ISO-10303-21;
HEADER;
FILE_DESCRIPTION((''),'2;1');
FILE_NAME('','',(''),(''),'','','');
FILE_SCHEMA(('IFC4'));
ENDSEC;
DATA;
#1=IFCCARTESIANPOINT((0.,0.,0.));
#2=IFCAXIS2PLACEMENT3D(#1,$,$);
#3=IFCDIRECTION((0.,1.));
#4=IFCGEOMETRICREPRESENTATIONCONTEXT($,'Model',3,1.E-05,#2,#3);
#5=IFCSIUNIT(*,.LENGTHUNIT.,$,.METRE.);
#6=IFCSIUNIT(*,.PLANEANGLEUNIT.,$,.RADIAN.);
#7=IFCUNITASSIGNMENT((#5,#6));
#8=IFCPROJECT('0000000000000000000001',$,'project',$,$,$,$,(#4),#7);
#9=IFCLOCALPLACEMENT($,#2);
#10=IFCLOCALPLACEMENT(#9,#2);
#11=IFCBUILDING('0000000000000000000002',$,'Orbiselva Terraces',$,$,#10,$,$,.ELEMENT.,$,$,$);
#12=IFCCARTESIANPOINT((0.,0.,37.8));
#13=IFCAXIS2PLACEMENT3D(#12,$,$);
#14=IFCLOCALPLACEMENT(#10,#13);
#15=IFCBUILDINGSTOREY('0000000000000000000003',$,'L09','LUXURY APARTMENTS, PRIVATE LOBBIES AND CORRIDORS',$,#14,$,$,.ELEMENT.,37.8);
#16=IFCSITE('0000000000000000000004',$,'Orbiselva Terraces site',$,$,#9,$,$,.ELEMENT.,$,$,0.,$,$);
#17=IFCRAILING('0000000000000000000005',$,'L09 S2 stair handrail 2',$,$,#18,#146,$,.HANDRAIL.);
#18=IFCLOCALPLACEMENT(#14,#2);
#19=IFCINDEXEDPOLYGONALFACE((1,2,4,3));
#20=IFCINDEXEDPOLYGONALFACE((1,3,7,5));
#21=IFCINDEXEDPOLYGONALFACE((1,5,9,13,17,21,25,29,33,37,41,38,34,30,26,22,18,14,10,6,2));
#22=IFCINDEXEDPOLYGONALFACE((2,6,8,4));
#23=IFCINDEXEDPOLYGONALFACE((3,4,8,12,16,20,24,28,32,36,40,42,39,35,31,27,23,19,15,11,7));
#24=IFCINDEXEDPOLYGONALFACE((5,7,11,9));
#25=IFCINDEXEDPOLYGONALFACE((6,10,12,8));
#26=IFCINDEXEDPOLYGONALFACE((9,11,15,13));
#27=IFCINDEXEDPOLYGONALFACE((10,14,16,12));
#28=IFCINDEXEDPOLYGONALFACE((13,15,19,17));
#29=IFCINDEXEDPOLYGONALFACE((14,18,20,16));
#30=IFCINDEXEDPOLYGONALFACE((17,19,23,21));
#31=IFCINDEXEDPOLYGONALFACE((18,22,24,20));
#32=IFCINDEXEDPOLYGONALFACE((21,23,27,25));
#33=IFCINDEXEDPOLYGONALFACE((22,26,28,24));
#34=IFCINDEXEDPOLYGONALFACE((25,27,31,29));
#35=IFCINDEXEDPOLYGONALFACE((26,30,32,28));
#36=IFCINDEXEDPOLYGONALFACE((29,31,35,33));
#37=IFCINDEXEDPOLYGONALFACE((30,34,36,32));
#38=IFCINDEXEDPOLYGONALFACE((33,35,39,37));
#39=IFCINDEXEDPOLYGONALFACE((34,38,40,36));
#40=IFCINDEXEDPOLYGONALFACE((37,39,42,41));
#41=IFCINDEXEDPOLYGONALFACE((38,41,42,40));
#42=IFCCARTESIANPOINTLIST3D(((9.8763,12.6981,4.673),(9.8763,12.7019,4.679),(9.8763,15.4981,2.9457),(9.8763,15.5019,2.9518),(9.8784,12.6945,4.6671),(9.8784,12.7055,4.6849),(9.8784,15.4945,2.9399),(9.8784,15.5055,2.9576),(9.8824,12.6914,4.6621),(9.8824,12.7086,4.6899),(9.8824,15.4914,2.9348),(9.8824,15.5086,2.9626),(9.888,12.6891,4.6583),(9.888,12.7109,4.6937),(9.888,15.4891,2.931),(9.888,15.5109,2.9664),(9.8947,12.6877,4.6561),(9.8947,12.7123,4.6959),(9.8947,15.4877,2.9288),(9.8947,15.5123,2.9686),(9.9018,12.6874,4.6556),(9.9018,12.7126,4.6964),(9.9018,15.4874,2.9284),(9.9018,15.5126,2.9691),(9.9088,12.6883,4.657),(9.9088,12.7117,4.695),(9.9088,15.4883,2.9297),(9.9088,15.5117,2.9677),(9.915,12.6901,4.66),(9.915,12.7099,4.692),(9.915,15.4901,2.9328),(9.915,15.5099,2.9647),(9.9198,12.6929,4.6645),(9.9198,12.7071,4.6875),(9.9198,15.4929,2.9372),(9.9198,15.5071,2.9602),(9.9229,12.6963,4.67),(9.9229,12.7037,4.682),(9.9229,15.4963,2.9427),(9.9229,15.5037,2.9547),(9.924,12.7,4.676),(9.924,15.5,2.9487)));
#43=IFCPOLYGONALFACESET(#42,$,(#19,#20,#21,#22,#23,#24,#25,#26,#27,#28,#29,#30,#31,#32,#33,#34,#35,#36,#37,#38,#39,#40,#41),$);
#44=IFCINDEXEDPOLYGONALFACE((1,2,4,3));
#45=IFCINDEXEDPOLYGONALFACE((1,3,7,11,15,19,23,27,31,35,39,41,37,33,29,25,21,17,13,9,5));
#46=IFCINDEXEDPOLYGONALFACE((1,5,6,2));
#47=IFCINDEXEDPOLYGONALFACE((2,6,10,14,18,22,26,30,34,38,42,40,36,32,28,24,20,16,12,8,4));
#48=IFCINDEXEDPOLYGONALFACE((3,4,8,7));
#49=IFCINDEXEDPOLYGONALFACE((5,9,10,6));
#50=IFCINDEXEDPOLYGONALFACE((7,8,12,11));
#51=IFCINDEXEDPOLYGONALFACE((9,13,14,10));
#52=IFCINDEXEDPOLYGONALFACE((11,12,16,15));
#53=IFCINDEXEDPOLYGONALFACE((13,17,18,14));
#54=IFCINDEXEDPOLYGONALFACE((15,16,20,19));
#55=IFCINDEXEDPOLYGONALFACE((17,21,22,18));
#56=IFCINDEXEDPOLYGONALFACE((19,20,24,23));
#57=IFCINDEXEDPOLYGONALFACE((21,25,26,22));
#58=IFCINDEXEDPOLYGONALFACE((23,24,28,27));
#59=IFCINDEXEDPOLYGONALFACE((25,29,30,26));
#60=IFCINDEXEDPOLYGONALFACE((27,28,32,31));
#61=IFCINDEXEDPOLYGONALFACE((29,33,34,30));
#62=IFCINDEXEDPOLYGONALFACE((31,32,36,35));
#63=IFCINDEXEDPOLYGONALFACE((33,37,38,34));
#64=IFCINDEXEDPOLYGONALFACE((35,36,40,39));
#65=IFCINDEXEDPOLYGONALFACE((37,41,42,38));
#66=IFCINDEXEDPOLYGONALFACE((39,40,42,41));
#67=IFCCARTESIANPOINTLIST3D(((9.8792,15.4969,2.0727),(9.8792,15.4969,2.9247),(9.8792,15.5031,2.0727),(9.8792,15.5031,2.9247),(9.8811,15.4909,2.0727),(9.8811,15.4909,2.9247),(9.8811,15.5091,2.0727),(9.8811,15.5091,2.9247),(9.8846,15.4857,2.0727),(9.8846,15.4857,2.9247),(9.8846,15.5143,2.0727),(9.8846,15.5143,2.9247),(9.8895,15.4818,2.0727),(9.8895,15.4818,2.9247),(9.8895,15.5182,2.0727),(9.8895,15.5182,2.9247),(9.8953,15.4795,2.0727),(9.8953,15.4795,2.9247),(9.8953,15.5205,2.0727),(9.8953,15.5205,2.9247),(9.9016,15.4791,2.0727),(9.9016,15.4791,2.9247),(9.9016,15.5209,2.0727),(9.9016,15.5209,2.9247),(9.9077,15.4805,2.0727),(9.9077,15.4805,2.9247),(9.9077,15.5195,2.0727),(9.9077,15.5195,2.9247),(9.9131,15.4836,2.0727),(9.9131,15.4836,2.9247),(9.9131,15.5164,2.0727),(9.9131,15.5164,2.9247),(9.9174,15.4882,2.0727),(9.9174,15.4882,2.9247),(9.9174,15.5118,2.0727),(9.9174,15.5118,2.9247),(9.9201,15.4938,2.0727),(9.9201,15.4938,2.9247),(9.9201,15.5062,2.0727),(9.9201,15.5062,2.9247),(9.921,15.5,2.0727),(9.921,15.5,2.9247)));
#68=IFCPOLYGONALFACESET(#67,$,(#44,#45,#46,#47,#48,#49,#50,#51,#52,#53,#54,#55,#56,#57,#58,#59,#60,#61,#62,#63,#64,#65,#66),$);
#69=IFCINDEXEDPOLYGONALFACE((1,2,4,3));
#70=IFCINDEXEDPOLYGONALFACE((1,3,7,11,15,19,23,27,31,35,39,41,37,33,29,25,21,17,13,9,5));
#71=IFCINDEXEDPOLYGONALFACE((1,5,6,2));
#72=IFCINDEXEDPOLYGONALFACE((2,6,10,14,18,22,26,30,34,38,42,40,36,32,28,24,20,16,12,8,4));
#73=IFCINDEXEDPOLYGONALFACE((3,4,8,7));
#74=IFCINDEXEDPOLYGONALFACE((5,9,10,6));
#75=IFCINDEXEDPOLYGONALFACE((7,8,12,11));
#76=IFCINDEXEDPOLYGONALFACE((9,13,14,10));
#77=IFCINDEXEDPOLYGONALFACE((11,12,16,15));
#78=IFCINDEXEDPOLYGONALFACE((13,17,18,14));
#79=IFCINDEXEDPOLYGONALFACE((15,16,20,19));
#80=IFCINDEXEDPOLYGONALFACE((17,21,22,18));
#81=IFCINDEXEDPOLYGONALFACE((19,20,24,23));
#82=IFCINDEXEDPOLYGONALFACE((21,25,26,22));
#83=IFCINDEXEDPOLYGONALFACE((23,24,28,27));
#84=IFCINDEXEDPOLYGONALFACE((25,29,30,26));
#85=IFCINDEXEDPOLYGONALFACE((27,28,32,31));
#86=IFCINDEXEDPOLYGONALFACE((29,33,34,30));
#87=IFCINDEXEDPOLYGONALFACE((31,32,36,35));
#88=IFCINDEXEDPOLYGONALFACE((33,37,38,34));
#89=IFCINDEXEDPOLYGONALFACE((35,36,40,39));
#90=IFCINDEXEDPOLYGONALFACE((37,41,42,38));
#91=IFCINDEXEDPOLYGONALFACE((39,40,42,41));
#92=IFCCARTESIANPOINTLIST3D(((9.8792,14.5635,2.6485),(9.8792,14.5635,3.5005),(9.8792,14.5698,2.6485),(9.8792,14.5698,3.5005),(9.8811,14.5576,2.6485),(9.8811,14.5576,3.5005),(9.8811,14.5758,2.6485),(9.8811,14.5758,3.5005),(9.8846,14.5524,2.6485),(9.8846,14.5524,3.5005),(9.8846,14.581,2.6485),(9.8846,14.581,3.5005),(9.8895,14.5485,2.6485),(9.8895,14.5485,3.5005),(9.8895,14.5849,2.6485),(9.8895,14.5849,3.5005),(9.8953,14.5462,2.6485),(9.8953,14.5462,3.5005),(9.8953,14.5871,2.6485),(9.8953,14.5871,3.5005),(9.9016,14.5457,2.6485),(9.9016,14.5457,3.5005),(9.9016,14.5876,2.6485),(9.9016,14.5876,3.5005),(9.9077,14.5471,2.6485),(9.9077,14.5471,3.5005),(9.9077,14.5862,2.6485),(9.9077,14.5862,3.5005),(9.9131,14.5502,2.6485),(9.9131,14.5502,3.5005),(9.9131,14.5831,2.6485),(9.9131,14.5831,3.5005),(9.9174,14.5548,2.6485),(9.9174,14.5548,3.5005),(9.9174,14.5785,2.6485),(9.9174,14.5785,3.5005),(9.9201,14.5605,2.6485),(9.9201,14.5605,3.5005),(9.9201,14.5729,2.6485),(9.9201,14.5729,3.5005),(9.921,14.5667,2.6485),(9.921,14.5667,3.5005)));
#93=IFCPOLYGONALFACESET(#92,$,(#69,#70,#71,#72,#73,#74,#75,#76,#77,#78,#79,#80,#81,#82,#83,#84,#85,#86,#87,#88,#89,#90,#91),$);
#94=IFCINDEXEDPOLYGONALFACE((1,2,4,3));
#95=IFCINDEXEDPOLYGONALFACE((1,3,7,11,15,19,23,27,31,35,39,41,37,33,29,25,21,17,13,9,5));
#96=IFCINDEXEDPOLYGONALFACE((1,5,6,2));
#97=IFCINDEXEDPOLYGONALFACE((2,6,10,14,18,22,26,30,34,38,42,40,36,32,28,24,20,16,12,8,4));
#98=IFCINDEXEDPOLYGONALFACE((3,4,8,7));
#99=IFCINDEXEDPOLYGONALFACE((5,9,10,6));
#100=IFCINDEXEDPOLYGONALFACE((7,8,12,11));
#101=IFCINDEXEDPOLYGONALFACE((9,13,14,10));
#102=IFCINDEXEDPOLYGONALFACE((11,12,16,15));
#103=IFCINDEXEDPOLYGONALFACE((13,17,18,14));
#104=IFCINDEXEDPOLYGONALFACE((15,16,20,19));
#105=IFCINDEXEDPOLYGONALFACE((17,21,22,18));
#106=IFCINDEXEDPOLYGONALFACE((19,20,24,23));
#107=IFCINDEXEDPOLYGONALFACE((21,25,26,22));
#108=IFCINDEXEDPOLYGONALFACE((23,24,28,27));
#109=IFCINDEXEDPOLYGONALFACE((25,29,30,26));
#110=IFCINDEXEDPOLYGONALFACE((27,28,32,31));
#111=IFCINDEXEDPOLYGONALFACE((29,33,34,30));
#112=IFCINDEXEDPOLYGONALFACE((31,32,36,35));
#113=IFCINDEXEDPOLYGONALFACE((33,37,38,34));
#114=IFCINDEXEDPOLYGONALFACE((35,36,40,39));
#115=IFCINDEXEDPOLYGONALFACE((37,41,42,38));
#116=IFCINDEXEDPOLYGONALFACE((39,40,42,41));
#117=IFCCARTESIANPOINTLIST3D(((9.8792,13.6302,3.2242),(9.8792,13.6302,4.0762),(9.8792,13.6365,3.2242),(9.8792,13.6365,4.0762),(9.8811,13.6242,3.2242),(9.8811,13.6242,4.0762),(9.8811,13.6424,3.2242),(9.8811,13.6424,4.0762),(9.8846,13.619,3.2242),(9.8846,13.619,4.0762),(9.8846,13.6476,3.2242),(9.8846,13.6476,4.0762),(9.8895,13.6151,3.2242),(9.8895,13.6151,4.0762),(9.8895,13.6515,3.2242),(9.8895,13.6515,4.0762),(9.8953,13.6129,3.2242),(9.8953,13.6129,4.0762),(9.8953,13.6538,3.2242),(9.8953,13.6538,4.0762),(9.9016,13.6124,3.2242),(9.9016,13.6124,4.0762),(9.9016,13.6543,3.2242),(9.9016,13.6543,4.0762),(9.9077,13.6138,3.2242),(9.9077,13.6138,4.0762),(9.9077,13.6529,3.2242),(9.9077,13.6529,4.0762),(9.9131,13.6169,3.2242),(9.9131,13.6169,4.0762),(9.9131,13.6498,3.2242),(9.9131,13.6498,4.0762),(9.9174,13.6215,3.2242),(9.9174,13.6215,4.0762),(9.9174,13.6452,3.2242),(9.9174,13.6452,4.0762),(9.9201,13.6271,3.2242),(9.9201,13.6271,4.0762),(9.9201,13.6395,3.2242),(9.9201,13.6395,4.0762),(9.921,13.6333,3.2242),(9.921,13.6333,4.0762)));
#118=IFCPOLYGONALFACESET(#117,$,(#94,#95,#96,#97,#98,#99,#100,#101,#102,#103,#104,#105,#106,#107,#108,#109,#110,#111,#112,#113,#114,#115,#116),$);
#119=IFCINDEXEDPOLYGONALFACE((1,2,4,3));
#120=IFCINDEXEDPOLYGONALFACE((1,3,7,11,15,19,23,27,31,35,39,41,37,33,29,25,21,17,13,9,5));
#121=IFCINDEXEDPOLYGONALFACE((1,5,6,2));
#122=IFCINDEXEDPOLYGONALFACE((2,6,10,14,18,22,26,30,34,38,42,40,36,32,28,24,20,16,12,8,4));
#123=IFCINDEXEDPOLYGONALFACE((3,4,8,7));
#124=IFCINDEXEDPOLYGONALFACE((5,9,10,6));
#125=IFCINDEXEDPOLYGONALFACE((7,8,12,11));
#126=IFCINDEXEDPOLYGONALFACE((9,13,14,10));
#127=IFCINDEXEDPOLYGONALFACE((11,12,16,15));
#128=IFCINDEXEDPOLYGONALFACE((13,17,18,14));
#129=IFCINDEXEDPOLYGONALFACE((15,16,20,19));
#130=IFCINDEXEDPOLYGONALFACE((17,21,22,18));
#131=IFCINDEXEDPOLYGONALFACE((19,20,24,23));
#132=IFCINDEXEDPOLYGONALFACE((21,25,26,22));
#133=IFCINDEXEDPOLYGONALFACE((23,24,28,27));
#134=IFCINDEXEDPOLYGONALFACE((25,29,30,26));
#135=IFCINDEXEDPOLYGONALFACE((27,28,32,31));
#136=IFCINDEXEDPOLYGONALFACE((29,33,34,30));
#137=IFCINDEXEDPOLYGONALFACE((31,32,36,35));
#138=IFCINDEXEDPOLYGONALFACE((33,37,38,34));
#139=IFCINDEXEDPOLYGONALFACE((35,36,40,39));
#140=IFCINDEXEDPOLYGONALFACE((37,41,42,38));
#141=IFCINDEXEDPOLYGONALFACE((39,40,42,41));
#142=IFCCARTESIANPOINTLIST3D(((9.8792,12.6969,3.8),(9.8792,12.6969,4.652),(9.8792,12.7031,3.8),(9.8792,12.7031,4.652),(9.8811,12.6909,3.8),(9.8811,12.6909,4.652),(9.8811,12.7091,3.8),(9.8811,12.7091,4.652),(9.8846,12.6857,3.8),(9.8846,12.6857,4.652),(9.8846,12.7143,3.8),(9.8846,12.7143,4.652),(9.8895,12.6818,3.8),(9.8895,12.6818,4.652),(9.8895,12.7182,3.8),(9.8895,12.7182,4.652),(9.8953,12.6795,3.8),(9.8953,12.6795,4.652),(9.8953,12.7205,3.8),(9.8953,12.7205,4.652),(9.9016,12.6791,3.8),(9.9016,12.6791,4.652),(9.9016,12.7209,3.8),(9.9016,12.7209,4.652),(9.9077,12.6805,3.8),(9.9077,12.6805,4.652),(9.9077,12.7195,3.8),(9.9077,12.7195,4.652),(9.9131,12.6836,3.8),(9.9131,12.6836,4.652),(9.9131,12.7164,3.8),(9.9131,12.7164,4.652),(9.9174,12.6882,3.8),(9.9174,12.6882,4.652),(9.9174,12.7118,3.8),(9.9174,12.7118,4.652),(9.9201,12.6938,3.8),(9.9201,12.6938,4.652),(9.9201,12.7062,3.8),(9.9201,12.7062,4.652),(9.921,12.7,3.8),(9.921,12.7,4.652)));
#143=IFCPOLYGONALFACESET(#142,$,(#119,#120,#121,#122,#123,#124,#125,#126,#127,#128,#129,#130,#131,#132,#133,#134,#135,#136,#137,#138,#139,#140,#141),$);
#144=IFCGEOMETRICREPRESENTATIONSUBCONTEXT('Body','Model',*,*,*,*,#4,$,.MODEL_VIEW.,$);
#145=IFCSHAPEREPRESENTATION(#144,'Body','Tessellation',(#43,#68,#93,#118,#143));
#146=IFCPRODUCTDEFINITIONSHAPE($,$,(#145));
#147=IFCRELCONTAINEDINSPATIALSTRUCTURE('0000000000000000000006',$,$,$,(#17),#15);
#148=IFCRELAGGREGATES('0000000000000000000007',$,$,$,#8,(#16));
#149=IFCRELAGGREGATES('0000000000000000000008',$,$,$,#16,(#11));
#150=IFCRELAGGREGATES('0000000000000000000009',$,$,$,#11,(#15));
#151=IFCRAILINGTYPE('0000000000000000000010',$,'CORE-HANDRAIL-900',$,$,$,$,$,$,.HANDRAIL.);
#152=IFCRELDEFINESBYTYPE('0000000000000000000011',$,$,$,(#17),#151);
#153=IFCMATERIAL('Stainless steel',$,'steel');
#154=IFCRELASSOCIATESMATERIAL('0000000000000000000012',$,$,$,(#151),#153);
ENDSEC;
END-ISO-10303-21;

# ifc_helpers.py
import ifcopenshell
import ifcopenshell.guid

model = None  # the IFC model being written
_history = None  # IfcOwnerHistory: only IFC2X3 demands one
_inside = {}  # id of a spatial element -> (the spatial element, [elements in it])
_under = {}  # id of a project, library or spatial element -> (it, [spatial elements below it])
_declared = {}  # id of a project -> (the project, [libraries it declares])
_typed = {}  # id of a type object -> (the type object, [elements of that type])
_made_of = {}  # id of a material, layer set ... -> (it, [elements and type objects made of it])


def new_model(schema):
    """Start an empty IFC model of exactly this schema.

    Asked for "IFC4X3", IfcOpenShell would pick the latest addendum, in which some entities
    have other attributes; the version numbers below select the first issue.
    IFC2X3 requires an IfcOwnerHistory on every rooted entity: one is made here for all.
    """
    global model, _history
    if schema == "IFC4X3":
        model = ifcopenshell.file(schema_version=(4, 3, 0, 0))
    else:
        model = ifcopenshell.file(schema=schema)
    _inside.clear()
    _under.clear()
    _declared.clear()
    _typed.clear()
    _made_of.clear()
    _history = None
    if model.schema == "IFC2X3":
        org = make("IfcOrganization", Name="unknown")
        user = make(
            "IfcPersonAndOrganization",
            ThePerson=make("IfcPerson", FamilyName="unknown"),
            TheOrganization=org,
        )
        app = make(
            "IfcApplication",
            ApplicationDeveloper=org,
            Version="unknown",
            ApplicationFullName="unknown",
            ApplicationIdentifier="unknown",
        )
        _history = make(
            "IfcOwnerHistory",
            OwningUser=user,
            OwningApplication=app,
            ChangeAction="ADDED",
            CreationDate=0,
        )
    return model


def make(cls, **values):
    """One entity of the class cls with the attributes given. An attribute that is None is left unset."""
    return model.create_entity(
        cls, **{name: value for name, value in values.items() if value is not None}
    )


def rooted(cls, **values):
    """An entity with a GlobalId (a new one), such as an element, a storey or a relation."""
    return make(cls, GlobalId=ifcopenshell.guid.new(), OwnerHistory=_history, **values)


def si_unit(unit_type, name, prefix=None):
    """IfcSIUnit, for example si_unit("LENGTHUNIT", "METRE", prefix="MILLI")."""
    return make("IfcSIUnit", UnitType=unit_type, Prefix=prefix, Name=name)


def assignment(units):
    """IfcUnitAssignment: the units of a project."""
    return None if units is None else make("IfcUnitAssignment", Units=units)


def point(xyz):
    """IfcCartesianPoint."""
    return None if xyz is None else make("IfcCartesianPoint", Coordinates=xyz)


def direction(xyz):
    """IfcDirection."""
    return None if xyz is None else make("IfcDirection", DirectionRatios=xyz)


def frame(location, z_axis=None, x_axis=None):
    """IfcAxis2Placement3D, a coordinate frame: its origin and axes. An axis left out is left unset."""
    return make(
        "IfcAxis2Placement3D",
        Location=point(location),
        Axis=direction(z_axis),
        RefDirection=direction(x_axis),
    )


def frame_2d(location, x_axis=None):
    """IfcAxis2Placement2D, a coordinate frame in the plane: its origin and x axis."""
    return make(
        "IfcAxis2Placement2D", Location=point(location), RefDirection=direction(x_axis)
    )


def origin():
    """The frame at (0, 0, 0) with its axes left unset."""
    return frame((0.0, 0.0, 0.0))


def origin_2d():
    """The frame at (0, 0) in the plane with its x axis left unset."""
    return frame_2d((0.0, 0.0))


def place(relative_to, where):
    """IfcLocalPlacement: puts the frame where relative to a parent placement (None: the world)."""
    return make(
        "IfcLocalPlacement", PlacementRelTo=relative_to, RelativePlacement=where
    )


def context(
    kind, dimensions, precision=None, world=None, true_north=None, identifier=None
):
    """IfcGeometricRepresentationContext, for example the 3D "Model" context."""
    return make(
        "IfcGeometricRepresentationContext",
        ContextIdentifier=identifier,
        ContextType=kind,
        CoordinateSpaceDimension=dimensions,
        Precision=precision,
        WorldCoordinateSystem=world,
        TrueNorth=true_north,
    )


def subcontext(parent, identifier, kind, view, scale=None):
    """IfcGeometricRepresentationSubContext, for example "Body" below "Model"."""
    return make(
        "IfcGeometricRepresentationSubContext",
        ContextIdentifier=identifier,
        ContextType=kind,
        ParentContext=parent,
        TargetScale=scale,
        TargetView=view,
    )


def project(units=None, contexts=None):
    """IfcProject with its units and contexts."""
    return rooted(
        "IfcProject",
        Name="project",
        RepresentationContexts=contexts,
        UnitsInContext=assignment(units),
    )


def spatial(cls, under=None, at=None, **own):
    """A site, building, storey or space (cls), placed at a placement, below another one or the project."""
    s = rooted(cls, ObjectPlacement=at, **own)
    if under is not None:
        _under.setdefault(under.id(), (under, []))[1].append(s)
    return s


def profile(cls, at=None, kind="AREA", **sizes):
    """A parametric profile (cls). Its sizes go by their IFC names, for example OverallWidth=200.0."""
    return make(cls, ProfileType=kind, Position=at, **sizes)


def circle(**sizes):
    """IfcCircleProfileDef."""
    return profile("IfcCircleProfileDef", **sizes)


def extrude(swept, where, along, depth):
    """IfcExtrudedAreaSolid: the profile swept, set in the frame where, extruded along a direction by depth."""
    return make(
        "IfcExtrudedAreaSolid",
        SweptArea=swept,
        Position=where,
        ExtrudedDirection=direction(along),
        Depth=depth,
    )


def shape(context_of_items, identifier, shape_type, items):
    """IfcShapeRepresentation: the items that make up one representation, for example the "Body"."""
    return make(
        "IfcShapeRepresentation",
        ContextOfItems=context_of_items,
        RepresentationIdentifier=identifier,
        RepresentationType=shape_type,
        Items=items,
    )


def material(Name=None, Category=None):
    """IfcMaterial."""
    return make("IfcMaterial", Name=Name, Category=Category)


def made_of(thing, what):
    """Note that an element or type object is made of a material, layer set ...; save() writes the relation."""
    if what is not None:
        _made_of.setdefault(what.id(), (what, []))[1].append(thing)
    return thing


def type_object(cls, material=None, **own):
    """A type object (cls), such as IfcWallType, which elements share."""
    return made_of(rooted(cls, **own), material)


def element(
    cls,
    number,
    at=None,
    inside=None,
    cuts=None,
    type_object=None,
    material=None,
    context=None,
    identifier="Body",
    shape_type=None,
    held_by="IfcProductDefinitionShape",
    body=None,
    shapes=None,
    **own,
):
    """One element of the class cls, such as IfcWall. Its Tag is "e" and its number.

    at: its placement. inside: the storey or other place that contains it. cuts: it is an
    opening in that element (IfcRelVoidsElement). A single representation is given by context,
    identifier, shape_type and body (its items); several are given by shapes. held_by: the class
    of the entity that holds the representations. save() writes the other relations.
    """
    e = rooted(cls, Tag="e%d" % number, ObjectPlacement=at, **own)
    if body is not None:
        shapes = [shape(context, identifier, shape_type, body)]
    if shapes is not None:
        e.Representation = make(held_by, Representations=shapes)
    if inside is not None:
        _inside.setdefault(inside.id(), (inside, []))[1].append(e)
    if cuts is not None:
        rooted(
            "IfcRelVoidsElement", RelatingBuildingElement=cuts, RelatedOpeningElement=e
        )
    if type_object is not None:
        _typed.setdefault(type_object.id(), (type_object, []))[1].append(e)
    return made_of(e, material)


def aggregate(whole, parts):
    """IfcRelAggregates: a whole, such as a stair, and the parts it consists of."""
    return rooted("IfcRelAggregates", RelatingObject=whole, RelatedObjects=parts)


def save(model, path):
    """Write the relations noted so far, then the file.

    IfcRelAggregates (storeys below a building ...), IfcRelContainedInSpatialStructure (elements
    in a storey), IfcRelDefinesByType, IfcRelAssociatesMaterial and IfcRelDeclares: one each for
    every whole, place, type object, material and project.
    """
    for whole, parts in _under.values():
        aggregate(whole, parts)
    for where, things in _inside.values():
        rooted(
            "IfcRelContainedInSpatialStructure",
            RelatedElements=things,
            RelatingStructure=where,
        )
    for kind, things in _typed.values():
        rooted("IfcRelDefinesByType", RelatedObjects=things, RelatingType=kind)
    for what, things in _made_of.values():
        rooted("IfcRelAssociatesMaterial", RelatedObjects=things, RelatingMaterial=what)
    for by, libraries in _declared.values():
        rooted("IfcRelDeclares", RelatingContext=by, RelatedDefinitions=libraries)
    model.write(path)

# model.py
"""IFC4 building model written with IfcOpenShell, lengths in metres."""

from ifc_helpers import new_model, si_unit, direction, frame, origin, origin_2d, place, context, subcontext, project, spatial, circle, extrude, material, type_object, element, save


model = new_model("IFC4")

# Units and contexts
model_context = context("Model", 3, precision=1e-05, world=origin(), true_north=direction((0.0, 1.0)))
body_context = subcontext(model_context, "Body", "Model", "MODEL_VIEW")
ifc_project = project(units=[si_unit("LENGTHUNIT", "METRE"), si_unit("PLANEANGLEUNIT", "RADIAN")], contexts=[model_context])

# Site, building, storey
site_placement = place(None, origin())
site = spatial("IfcSite", under=ifc_project, at=site_placement, Name="Orbiselva Terraces site", CompositionType="ELEMENT", RefElevation=0.0)
building_placement = place(site_placement, origin())
building = spatial("IfcBuilding", under=site, at=building_placement, Name="Orbiselva Terraces", CompositionType="ELEMENT")
storey_placement = place(building_placement, frame((0.0, 0.0, 37.8)))
storey = spatial("IfcBuildingStorey", under=building, at=storey_placement, Name="L09", Description="LUXURY APARTMENTS, PRIVATE LOBBIES AND CORRIDORS", CompositionType="ELEMENT", Elevation=37.8)

# Railing
ifc_material_1 = material(Name="Stainless steel", Category="steel")
railing_type = type_object("IfcRailingType", Name="CORE-HANDRAIL-900", PredefinedType="HANDRAIL", material=ifc_material_1)
railing_placement = place(storey_placement, frame((9.9, 15.5, 2.0727)))
element("IfcRailing", 1, at=railing_placement, inside=storey, type_object=railing_type, Name="L09 S2 stair handrail 2", PredefinedType="HANDRAIL", context=body_context, shape_type="SweptSolid", body=[
    extrude(circle(Radius=0.024, at=origin_2d()), frame((0.0, 0.0, 0.876), z_axis=(0.0, -0.851089, 0.525022), x_axis=(1.0, 0.0, 0.0)), (0.0, 0.0, 1.0), 3.2899),
    extrude(circle(Radius=0.021, at=origin_2d()), origin(), (0.0, 0.0, 1.0), 0.852),
    extrude(circle(Radius=0.021, at=origin_2d()), frame((0.0, -0.9333, 0.5758)), (0.0, 0.0, 1.0), 0.852),
    extrude(circle(Radius=0.021, at=origin_2d()), frame((0.0, -1.8667, 1.1515)), (0.0, 0.0, 1.0), 0.852),
    extrude(circle(Radius=0.021, at=origin_2d()), frame((0.0, -2.8, 1.7273)), (0.0, 0.0, 1.0), 0.852),
])

save(model, "model.ifc")
